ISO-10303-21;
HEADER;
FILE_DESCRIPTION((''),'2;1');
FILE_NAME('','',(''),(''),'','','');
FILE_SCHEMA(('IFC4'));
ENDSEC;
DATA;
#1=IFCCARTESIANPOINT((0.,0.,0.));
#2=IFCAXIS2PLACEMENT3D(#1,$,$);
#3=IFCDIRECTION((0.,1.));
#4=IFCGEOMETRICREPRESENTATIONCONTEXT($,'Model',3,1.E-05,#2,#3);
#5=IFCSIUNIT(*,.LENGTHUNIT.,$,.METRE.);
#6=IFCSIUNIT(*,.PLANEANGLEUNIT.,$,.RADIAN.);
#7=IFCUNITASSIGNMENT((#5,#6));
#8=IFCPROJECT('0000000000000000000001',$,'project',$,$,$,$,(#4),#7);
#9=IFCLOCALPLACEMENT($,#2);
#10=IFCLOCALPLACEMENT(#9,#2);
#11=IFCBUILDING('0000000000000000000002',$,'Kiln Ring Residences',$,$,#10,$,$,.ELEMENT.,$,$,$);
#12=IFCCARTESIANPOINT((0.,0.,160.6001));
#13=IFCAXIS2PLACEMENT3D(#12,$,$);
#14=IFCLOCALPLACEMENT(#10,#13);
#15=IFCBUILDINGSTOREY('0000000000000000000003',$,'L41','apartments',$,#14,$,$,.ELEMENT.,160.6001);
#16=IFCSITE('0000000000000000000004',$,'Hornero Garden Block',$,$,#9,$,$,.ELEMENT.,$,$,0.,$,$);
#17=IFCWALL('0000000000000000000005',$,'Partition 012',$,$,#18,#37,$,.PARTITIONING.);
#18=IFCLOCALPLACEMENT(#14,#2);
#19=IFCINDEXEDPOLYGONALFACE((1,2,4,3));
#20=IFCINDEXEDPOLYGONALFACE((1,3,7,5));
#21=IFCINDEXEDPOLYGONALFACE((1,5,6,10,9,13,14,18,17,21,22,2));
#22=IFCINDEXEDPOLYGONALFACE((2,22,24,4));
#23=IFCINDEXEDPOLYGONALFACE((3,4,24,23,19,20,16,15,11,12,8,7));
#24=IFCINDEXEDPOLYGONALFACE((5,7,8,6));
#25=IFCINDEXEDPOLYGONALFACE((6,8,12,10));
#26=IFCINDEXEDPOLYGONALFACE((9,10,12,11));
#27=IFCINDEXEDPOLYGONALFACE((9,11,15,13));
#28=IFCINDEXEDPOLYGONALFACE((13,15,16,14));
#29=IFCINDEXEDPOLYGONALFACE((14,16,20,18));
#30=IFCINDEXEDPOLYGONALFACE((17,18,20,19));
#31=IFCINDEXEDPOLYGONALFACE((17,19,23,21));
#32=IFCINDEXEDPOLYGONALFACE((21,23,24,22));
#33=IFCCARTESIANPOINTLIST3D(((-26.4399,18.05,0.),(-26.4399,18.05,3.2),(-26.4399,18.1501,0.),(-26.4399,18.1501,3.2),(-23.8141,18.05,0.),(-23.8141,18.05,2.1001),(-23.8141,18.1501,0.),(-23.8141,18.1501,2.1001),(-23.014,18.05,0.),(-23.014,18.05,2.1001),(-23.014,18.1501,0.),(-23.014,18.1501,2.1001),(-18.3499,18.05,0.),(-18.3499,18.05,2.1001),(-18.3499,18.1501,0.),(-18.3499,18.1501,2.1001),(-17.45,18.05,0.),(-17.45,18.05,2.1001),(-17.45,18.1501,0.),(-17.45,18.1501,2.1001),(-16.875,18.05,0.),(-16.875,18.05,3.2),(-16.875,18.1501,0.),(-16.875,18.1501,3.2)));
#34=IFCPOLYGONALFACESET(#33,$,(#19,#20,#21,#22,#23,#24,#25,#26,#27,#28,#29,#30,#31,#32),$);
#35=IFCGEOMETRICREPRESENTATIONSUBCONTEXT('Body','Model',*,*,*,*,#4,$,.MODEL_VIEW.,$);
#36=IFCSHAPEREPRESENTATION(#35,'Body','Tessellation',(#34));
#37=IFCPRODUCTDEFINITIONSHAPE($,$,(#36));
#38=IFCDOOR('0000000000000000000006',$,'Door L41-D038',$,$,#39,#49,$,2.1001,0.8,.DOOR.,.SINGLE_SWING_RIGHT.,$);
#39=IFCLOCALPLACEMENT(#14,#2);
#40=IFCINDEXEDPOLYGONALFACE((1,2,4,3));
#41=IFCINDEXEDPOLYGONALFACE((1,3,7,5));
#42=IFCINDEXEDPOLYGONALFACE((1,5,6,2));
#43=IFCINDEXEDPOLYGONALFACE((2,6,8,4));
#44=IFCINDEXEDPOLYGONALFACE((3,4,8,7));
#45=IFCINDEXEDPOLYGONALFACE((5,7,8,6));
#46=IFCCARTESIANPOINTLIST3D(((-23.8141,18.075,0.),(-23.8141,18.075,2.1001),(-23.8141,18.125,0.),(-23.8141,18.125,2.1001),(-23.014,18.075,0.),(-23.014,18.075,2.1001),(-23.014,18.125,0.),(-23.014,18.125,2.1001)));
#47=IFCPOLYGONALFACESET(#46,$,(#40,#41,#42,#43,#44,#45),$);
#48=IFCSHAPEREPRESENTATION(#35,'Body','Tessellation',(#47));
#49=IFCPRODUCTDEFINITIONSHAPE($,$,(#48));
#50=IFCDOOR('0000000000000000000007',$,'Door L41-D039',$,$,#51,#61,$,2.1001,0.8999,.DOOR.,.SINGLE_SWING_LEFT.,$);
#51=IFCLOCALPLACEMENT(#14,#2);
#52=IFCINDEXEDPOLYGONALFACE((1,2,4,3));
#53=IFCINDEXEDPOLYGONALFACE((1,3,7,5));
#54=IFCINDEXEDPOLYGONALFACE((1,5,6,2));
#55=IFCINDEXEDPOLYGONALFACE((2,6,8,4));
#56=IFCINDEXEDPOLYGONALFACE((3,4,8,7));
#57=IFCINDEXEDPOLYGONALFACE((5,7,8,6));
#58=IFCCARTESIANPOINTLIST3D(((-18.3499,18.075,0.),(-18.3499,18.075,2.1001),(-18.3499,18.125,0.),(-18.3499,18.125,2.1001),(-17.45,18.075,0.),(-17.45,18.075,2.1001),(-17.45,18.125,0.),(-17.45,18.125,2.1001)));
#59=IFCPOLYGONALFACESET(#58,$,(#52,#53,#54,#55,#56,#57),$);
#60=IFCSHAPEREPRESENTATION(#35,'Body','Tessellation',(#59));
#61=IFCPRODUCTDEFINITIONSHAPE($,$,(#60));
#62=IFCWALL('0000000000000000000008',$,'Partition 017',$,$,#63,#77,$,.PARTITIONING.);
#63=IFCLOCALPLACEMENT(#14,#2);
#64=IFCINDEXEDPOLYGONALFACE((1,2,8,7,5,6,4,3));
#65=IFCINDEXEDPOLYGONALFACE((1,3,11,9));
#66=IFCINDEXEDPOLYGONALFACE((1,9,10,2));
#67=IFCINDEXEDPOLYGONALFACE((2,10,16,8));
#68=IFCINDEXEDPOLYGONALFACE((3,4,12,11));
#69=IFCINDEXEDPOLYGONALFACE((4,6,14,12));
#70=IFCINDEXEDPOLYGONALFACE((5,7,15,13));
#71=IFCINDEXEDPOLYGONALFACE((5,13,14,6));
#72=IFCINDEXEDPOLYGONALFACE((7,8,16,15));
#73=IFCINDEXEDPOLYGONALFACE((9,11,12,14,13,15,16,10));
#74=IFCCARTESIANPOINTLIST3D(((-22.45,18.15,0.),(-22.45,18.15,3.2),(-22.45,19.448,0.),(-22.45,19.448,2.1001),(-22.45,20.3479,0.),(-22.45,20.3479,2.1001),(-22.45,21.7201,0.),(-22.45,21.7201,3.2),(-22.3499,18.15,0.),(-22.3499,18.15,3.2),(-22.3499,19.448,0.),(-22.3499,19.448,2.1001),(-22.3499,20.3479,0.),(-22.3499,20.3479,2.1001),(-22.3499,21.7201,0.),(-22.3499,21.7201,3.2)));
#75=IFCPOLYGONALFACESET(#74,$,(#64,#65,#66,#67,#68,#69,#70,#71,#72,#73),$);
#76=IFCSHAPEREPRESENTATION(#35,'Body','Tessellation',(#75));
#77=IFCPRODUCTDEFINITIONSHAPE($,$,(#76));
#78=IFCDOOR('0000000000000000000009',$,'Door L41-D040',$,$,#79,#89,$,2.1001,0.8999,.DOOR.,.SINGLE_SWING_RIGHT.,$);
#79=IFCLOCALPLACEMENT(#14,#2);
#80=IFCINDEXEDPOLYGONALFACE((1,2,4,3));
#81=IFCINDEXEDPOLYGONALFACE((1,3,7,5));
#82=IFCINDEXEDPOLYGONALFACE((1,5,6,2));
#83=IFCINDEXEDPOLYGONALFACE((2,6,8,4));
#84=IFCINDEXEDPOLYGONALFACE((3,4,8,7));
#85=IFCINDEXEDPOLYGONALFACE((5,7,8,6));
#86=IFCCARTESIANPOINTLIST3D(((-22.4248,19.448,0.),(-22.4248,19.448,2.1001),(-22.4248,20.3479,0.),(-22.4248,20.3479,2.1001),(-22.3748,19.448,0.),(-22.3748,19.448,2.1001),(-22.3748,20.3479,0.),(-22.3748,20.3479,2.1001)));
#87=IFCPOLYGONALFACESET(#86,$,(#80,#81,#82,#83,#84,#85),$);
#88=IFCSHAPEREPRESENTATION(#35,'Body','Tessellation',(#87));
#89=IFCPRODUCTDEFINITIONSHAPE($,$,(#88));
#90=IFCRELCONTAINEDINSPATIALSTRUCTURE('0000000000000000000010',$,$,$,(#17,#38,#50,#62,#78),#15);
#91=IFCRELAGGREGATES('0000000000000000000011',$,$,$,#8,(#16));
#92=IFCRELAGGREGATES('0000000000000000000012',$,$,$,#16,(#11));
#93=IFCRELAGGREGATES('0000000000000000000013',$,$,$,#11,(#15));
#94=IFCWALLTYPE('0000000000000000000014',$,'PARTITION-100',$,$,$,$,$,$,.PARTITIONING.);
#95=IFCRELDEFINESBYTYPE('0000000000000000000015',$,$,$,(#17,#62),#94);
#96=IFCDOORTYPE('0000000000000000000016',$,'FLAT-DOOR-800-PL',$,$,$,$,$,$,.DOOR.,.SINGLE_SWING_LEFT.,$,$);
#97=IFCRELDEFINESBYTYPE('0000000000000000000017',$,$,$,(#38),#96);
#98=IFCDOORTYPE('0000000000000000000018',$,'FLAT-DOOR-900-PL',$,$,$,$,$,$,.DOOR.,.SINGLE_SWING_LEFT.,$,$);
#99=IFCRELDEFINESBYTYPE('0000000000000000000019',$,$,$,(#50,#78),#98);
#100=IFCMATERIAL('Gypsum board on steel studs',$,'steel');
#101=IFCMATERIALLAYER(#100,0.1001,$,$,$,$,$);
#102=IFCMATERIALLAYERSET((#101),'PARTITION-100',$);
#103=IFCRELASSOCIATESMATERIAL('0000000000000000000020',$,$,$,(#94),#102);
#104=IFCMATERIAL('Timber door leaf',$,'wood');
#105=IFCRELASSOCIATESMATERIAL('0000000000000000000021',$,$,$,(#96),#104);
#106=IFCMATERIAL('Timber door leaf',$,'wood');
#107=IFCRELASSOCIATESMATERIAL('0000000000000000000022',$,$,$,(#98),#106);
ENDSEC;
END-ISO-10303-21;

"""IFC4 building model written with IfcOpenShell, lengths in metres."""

from ifc_helpers import new_model, si_unit, direction, frame, frame_2d, origin, place, context, subcontext, project, spatial, rectangle, extrude, material, layer, layer_set, type_object, element, fill, save


model = new_model("IFC4")

# Units and contexts
model_context = context("Model", 3, precision=1e-05, world=origin(), true_north=direction((0.0, 1.0)))
body_context = subcontext(model_context, "Body", "Model", "MODEL_VIEW")
ifc_project = project(units=[si_unit("LENGTHUNIT", "METRE"), si_unit("PLANEANGLEUNIT", "RADIAN")], contexts=[model_context])

# Site, building, storey
site_placement = place(None, origin())
site = spatial("IfcSite", under=ifc_project, at=site_placement, Name="Hornero Garden Block", CompositionType="ELEMENT", RefElevation=0.0)
building_placement = place(site_placement, origin())
building = spatial("IfcBuilding", under=site, at=building_placement, Name="Kiln Ring Residences", CompositionType="ELEMENT")
storey_placement = place(building_placement, frame((0.0, 0.0, 160.6001)))
storey = spatial("IfcBuildingStorey", under=building, at=storey_placement, Name="L41", Description="apartments", CompositionType="ELEMENT", Elevation=160.6001)

# Wall, openings, doors
ifc_material_1 = material(Name="Gypsum board on steel studs", Category="steel")
ifc_layer_1 = layer(ifc_material_1, 0.1001)
ifc_layer_set_1 = layer_set([ifc_layer_1], Name="PARTITION-100")
wall_type_1 = type_object("IfcWallType", Name="PARTITION-100", PredefinedType="PARTITIONING", material=ifc_layer_set_1)
wall_1_placement = place(storey_placement, frame((-26.4399, 18.1001, 0.0), z_axis=(0.0, 0.0, 1.0), x_axis=(1.0, 0.0, 0.0)))
wall_1 = element("IfcWall", 1, at=wall_1_placement, inside=storey, type_object=wall_type_1, Name="Partition 012", PredefinedType="PARTITIONING", context=body_context, shape_type="SweptSolid", body=[
    extrude(rectangle(XDim=9.5649, YDim=0.1001, at=frame_2d((4.7825, 0.0))), origin(), (0.0, 0.0, 1.0), 3.2),
])
opening_1_placement = place(wall_1_placement, frame((2.626, 0.0, 0.0)))
opening_1 = element("IfcOpeningElement", 2, at=opening_1_placement, cuts=wall_1, PredefinedType="OPENING", context=body_context, shape_type="SweptSolid", body=[
    extrude(rectangle(XDim=0.8, YDim=2.1001, at=frame_2d((0.3999, 1.05))), frame((0.0, 0.0601, 0.0), z_axis=(0.0, -1.0, 0.0), x_axis=(1.0, 0.0, 0.0)), (0.0, 0.0, 1.0), 0.1201),
])
opening_2_placement = place(wall_1_placement, frame((8.0901, 0.0, 0.0)))
opening_2 = element("IfcOpeningElement", 3, at=opening_2_placement, cuts=wall_1, PredefinedType="OPENING", context=body_context, shape_type="SweptSolid", body=[
    extrude(rectangle(XDim=0.8999, YDim=2.1001, at=frame_2d((0.45, 1.05))), frame((0.0, 0.0601, 0.0), z_axis=(0.0, -1.0, 0.0), x_axis=(1.0, 0.0, 0.0)), (0.0, 0.0, 1.0), 0.1201),
])
ifc_material_2 = material(Name="Timber door leaf", Category="wood")
door_type_1 = type_object("IfcDoorType", Name="FLAT-DOOR-800-PL", OperationType="SINGLE_SWING_LEFT", PredefinedType="DOOR", material=ifc_material_2)
door_1_placement = place(opening_1_placement, origin())
door_1 = element("IfcDoor", 4, at=door_1_placement, inside=storey, type_object=door_type_1, Name="Door L41-D038", OperationType="SINGLE_SWING_RIGHT", OverallHeight=2.1001, OverallWidth=0.8, PredefinedType="DOOR", context=body_context, shape_type="SweptSolid", body=[
    extrude(rectangle(XDim=0.8, YDim=2.1001, at=frame_2d((0.3999, 1.05))), frame((0.0, 0.0249, 0.0), z_axis=(0.0, -1.0, 0.0), x_axis=(1.0, 0.0, 0.0)), (0.0, 0.0, 1.0), 0.05),
])
fill(opening_1, door_1)
ifc_material_3 = material(Name="Timber door leaf", Category="wood")
door_type_2 = type_object("IfcDoorType", Name="FLAT-DOOR-900-PL", OperationType="SINGLE_SWING_LEFT", PredefinedType="DOOR", material=ifc_material_3)
door_2_placement = place(opening_2_placement, origin())
door_2 = element("IfcDoor", 5, at=door_2_placement, inside=storey, type_object=door_type_2, Name="Door L41-D039", OperationType="SINGLE_SWING_LEFT", OverallHeight=2.1001, OverallWidth=0.8999, PredefinedType="DOOR", context=body_context, shape_type="SweptSolid", body=[
    extrude(rectangle(XDim=0.8999, YDim=2.1001, at=frame_2d((0.45, 1.05))), frame((0.0, 0.0249, 0.0), z_axis=(0.0, -1.0, 0.0), x_axis=(1.0, 0.0, 0.0)), (0.0, 0.0, 1.0), 0.05),
])
fill(opening_2, door_2)

# Wall, opening, door
wall_2_placement = place(storey_placement, frame((-22.3999, 18.1499, 0.0), z_axis=(0.0, 0.0, 1.0), x_axis=(0.0, 1.0, 0.0)))
wall_2 = element("IfcWall", 6, at=wall_2_placement, inside=storey, type_object=wall_type_1, Name="Partition 017", PredefinedType="PARTITIONING", context=body_context, shape_type="SweptSolid", body=[
    extrude(rectangle(XDim=3.5701, YDim=0.1001, at=frame_2d((1.7852, 0.0))), origin(), (0.0, 0.0, 1.0), 3.2),
])
opening_3_placement = place(wall_2_placement, frame((1.2981, 0.0, 0.0)))
opening_3 = element("IfcOpeningElement", 7, at=opening_3_placement, cuts=wall_2, PredefinedType="OPENING", context=body_context, shape_type="SweptSolid", body=[
    extrude(rectangle(XDim=0.8999, YDim=2.1001, at=frame_2d((0.45, 1.05))), frame((0.0, 0.0601, 0.0), z_axis=(0.0, -1.0, 0.0), x_axis=(1.0, 0.0, 0.0)), (0.0, 0.0, 1.0), 0.1201),
])
door_3_placement = place(opening_3_placement, origin())
door_3 = element("IfcDoor", 8, at=door_3_placement, inside=storey, type_object=door_type_2, Name="Door L41-D040", OperationType="SINGLE_SWING_RIGHT", OverallHeight=2.1001, OverallWidth=0.8999, PredefinedType="DOOR", context=body_context, shape_type="SweptSolid", body=[
    extrude(rectangle(XDim=0.8999, YDim=2.1001, at=frame_2d((0.45, 1.05))), frame((0.0, 0.0249, 0.0), z_axis=(0.0, -1.0, 0.0), x_axis=(1.0, 0.0, 0.0)), (0.0, 0.0, 1.0), 0.05),
])
fill(opening_3, door_3)

save(model, "model.ifc")
